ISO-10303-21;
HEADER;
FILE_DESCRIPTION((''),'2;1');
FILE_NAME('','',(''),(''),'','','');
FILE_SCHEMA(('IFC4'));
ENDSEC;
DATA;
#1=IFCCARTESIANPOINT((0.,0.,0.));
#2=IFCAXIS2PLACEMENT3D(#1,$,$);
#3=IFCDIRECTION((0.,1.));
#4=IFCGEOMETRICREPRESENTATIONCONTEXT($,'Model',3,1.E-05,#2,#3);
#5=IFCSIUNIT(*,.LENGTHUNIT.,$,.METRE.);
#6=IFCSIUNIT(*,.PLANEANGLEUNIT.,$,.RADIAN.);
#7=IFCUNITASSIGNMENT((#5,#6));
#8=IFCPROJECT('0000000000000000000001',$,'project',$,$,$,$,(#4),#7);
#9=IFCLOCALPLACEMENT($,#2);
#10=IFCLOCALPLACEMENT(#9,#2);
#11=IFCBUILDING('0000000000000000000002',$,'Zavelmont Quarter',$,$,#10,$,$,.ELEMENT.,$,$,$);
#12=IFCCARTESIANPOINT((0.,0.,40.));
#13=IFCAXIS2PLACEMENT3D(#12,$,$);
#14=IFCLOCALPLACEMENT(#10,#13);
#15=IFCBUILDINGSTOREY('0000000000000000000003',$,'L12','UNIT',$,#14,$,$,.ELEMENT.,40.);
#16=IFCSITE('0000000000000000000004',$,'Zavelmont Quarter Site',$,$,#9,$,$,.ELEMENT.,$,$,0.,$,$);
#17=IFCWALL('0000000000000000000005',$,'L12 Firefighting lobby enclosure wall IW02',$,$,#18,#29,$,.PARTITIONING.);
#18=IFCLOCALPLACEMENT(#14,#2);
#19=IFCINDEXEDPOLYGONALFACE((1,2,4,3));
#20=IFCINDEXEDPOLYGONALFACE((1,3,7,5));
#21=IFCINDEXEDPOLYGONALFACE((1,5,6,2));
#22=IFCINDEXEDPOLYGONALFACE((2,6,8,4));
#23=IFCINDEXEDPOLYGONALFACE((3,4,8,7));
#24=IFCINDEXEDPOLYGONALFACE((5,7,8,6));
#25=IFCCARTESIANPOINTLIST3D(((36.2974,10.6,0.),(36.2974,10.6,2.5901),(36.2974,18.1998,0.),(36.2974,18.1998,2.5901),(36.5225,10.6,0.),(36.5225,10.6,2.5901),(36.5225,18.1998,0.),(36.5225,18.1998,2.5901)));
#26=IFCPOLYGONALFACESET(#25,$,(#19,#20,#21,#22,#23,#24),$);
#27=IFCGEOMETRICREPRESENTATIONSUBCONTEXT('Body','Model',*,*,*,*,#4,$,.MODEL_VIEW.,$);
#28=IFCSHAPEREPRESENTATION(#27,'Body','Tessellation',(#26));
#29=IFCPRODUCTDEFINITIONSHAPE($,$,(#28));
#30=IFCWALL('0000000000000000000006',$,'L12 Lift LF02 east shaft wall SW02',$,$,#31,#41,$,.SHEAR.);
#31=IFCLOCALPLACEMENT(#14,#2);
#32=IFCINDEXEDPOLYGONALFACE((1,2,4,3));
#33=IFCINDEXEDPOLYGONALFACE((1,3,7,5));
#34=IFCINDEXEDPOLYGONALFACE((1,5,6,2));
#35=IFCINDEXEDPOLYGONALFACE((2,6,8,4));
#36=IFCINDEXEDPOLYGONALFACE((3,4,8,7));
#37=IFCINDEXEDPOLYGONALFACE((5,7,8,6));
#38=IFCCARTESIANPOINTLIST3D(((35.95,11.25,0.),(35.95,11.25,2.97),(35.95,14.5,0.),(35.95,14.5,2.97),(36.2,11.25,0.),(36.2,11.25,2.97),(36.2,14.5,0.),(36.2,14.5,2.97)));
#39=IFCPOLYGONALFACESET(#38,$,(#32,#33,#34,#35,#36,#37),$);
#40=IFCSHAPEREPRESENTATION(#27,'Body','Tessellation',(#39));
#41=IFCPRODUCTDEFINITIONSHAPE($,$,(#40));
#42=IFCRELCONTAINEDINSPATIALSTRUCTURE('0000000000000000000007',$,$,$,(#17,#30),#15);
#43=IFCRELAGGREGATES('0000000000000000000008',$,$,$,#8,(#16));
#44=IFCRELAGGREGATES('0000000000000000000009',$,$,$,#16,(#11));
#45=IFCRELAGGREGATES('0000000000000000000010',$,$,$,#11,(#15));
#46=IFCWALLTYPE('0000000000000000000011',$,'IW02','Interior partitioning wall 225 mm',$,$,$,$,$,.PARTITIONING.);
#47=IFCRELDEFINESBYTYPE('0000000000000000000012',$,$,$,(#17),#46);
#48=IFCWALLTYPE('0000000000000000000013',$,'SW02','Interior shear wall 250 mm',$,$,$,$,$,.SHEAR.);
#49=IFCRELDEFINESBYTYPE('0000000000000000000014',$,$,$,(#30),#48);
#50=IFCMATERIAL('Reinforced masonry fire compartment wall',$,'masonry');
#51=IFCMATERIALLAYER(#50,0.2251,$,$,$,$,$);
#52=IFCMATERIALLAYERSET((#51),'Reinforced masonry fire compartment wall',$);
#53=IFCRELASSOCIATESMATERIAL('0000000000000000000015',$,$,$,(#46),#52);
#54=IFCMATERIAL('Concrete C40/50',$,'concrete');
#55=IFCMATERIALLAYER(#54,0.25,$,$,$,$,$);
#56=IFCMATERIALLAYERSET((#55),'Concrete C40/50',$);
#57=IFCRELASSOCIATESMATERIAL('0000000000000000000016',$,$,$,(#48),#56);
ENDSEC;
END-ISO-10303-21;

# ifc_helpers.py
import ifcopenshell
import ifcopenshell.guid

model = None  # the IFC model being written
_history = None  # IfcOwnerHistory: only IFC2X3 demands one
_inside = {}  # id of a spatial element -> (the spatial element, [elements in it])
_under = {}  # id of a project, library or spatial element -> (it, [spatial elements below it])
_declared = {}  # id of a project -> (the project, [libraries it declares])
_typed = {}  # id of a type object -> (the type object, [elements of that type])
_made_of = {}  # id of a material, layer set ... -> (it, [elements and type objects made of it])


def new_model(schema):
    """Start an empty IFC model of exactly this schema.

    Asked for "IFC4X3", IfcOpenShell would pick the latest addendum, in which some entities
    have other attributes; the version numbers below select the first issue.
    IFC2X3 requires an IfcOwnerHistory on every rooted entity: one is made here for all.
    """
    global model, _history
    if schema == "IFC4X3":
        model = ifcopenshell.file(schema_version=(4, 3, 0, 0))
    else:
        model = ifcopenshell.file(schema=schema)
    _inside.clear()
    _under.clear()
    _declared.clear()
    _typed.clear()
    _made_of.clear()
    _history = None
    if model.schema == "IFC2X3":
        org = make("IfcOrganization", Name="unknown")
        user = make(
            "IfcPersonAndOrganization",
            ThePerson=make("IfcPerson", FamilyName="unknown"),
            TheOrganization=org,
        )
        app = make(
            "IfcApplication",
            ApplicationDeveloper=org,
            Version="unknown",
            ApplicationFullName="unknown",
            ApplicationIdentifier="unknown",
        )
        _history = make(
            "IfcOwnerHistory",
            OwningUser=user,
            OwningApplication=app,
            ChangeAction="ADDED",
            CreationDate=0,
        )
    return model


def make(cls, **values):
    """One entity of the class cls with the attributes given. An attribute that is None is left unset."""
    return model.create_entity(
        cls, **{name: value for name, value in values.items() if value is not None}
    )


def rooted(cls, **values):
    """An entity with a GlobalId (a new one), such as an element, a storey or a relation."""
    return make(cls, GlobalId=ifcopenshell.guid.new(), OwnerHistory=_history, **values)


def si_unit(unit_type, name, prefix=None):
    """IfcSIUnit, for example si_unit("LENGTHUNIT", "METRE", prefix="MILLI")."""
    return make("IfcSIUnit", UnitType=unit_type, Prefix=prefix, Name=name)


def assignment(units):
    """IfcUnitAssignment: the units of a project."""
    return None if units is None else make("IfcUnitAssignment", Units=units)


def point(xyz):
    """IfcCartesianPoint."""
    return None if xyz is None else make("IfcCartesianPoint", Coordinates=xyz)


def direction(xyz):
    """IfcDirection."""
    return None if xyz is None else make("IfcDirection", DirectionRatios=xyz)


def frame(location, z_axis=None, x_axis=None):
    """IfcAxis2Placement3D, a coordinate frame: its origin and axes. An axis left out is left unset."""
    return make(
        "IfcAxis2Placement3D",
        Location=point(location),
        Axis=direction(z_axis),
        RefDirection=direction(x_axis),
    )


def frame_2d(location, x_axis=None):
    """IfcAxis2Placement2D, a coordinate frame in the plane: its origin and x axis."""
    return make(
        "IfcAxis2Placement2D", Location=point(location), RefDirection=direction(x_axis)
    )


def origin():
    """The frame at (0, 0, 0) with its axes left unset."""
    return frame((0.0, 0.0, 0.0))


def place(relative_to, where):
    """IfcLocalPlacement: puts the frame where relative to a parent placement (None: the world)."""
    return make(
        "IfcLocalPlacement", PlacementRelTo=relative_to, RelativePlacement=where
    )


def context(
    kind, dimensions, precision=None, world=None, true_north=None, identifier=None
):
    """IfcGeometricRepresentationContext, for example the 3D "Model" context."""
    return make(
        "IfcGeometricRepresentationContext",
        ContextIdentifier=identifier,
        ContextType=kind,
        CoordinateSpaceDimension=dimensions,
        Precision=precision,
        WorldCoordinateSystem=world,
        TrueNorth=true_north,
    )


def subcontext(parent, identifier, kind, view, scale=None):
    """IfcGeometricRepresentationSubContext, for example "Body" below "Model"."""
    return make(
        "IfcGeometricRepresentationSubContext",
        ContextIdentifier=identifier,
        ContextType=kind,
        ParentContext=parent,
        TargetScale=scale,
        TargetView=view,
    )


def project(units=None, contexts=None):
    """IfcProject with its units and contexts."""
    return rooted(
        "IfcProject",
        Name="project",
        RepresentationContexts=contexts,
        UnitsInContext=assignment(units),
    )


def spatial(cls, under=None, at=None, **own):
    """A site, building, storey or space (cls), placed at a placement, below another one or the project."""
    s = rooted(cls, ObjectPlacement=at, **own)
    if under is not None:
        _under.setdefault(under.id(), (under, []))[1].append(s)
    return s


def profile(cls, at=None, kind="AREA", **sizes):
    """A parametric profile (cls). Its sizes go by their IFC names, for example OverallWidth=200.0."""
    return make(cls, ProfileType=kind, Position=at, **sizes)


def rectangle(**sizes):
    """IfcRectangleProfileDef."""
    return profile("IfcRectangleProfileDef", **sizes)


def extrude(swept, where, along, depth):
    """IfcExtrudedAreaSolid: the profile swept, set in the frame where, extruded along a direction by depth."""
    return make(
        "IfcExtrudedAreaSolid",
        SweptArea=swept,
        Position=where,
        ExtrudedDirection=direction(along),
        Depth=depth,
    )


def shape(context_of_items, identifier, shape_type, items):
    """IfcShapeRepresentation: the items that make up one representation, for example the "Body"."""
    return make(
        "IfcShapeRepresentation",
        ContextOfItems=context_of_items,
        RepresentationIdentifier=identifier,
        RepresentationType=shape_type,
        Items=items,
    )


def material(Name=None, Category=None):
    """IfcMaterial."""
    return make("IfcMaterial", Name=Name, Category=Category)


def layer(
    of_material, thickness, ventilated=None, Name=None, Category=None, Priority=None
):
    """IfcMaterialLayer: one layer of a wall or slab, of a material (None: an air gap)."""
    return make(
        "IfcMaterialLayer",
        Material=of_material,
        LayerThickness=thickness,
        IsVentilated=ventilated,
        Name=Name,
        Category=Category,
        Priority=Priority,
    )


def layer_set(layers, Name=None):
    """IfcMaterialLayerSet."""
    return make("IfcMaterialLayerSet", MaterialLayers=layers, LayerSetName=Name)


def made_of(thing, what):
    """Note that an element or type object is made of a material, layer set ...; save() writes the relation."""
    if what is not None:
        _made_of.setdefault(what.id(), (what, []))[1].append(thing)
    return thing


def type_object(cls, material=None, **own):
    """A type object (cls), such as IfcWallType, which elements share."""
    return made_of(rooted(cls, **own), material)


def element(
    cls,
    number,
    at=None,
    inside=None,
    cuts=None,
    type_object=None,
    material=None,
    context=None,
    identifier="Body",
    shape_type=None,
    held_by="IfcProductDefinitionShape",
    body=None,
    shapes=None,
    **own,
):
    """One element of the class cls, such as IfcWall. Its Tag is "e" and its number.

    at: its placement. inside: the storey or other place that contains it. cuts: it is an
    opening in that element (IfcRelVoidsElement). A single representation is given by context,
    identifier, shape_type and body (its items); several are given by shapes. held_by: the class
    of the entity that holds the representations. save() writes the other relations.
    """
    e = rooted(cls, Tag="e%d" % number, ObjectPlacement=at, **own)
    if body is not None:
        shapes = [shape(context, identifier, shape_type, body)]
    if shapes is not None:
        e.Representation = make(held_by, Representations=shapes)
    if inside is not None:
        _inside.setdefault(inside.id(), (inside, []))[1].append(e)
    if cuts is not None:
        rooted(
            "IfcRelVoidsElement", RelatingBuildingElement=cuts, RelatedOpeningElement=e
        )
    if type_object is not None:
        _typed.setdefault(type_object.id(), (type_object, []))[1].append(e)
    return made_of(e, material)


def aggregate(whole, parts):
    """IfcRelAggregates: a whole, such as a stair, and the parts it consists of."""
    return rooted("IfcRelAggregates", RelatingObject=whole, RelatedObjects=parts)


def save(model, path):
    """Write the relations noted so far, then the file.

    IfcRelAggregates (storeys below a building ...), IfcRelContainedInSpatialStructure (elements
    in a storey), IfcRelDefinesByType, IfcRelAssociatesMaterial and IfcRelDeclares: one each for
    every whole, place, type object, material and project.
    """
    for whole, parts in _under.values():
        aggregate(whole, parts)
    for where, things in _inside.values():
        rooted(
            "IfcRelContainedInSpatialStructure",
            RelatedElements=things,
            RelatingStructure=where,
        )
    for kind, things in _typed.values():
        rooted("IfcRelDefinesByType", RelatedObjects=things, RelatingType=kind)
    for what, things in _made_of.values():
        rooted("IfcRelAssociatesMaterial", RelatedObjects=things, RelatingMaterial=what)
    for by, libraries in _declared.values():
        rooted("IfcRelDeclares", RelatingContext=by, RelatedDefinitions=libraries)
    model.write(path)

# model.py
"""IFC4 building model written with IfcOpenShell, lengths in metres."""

from ifc_helpers import new_model, si_unit, direction, frame, frame_2d, origin, place, context, subcontext, project, spatial, rectangle, extrude, material, layer, layer_set, type_object, element, save


model = new_model("IFC4")

# Units and contexts
model_context = context("Model", 3, precision=1e-05, world=origin(), true_north=direction((0.0, 1.0)))
body_context = subcontext(model_context, "Body", "Model", "MODEL_VIEW")
ifc_project = project(units=[si_unit("LENGTHUNIT", "METRE"), si_unit("PLANEANGLEUNIT", "RADIAN")], contexts=[model_context])

# Site, building, storey
site_placement = place(None, origin())
site = spatial("IfcSite", under=ifc_project, at=site_placement, Name="Zavelmont Quarter Site", CompositionType="ELEMENT", RefElevation=0.0)
building_placement = place(site_placement, origin())
building = spatial("IfcBuilding", under=site, at=building_placement, Name="Zavelmont Quarter", CompositionType="ELEMENT")
storey_placement = place(building_placement, frame((0.0, 0.0, 40.0)))
storey = spatial("IfcBuildingStorey", under=building, at=storey_placement, Name="L12", Description="UNIT", CompositionType="ELEMENT", Elevation=40.0)

# Shared definitions
ifc_material_1 = material(Name="Concrete C40/50", Category="concrete")

# Walls
ifc_material_2 = material(Name="Reinforced masonry fire compartment wall", Category="masonry")
ifc_layer_1 = layer(ifc_material_2, 0.2251)
ifc_layer_set_1 = layer_set([ifc_layer_1], Name="Reinforced masonry fire compartment wall")
wall_type_1 = type_object("IfcWallType", Name="IW02", Description="Interior partitioning wall 225 mm", PredefinedType="PARTITIONING", material=ifc_layer_set_1)
wall_1_placement = place(storey_placement, frame((36.4099, 10.6001, 0.0), z_axis=(0.0, 0.0, 1.0), x_axis=(0.0, 1.0, 0.0)))
element("IfcWall", 1, at=wall_1_placement, inside=storey, type_object=wall_type_1, Name="L12 Firefighting lobby enclosure wall IW02", PredefinedType="PARTITIONING", context=body_context, shape_type="SweptSolid", body=[
    extrude(rectangle(XDim=7.5999, YDim=0.2251, at=frame_2d((3.7998, 0.0))), origin(), (0.0, 0.0, 1.0), 2.5901),
])
ifc_layer_2 = layer(ifc_material_1, 0.25)
ifc_layer_set_2 = layer_set([ifc_layer_2], Name="Concrete C40/50")
wall_type_2 = type_object("IfcWallType", Name="SW02", Description="Interior shear wall 250 mm", PredefinedType="SHEAR", material=ifc_layer_set_2)
wall_2_placement = place(storey_placement, frame((36.075, 11.25, 0.0), z_axis=(0.0, 0.0, 1.0), x_axis=(0.0, 1.0, 0.0)))
element("IfcWall", 2, at=wall_2_placement, inside=storey, type_object=wall_type_2, Name="L12 Lift LF02 east shaft wall SW02", PredefinedType="SHEAR", context=body_context, shape_type="SweptSolid", body=[
    extrude(rectangle(XDim=3.25, YDim=0.25, at=frame_2d((1.625, 0.0))), origin(), (0.0, 0.0, 1.0), 2.97),
])

save(model, "model.ifc")
